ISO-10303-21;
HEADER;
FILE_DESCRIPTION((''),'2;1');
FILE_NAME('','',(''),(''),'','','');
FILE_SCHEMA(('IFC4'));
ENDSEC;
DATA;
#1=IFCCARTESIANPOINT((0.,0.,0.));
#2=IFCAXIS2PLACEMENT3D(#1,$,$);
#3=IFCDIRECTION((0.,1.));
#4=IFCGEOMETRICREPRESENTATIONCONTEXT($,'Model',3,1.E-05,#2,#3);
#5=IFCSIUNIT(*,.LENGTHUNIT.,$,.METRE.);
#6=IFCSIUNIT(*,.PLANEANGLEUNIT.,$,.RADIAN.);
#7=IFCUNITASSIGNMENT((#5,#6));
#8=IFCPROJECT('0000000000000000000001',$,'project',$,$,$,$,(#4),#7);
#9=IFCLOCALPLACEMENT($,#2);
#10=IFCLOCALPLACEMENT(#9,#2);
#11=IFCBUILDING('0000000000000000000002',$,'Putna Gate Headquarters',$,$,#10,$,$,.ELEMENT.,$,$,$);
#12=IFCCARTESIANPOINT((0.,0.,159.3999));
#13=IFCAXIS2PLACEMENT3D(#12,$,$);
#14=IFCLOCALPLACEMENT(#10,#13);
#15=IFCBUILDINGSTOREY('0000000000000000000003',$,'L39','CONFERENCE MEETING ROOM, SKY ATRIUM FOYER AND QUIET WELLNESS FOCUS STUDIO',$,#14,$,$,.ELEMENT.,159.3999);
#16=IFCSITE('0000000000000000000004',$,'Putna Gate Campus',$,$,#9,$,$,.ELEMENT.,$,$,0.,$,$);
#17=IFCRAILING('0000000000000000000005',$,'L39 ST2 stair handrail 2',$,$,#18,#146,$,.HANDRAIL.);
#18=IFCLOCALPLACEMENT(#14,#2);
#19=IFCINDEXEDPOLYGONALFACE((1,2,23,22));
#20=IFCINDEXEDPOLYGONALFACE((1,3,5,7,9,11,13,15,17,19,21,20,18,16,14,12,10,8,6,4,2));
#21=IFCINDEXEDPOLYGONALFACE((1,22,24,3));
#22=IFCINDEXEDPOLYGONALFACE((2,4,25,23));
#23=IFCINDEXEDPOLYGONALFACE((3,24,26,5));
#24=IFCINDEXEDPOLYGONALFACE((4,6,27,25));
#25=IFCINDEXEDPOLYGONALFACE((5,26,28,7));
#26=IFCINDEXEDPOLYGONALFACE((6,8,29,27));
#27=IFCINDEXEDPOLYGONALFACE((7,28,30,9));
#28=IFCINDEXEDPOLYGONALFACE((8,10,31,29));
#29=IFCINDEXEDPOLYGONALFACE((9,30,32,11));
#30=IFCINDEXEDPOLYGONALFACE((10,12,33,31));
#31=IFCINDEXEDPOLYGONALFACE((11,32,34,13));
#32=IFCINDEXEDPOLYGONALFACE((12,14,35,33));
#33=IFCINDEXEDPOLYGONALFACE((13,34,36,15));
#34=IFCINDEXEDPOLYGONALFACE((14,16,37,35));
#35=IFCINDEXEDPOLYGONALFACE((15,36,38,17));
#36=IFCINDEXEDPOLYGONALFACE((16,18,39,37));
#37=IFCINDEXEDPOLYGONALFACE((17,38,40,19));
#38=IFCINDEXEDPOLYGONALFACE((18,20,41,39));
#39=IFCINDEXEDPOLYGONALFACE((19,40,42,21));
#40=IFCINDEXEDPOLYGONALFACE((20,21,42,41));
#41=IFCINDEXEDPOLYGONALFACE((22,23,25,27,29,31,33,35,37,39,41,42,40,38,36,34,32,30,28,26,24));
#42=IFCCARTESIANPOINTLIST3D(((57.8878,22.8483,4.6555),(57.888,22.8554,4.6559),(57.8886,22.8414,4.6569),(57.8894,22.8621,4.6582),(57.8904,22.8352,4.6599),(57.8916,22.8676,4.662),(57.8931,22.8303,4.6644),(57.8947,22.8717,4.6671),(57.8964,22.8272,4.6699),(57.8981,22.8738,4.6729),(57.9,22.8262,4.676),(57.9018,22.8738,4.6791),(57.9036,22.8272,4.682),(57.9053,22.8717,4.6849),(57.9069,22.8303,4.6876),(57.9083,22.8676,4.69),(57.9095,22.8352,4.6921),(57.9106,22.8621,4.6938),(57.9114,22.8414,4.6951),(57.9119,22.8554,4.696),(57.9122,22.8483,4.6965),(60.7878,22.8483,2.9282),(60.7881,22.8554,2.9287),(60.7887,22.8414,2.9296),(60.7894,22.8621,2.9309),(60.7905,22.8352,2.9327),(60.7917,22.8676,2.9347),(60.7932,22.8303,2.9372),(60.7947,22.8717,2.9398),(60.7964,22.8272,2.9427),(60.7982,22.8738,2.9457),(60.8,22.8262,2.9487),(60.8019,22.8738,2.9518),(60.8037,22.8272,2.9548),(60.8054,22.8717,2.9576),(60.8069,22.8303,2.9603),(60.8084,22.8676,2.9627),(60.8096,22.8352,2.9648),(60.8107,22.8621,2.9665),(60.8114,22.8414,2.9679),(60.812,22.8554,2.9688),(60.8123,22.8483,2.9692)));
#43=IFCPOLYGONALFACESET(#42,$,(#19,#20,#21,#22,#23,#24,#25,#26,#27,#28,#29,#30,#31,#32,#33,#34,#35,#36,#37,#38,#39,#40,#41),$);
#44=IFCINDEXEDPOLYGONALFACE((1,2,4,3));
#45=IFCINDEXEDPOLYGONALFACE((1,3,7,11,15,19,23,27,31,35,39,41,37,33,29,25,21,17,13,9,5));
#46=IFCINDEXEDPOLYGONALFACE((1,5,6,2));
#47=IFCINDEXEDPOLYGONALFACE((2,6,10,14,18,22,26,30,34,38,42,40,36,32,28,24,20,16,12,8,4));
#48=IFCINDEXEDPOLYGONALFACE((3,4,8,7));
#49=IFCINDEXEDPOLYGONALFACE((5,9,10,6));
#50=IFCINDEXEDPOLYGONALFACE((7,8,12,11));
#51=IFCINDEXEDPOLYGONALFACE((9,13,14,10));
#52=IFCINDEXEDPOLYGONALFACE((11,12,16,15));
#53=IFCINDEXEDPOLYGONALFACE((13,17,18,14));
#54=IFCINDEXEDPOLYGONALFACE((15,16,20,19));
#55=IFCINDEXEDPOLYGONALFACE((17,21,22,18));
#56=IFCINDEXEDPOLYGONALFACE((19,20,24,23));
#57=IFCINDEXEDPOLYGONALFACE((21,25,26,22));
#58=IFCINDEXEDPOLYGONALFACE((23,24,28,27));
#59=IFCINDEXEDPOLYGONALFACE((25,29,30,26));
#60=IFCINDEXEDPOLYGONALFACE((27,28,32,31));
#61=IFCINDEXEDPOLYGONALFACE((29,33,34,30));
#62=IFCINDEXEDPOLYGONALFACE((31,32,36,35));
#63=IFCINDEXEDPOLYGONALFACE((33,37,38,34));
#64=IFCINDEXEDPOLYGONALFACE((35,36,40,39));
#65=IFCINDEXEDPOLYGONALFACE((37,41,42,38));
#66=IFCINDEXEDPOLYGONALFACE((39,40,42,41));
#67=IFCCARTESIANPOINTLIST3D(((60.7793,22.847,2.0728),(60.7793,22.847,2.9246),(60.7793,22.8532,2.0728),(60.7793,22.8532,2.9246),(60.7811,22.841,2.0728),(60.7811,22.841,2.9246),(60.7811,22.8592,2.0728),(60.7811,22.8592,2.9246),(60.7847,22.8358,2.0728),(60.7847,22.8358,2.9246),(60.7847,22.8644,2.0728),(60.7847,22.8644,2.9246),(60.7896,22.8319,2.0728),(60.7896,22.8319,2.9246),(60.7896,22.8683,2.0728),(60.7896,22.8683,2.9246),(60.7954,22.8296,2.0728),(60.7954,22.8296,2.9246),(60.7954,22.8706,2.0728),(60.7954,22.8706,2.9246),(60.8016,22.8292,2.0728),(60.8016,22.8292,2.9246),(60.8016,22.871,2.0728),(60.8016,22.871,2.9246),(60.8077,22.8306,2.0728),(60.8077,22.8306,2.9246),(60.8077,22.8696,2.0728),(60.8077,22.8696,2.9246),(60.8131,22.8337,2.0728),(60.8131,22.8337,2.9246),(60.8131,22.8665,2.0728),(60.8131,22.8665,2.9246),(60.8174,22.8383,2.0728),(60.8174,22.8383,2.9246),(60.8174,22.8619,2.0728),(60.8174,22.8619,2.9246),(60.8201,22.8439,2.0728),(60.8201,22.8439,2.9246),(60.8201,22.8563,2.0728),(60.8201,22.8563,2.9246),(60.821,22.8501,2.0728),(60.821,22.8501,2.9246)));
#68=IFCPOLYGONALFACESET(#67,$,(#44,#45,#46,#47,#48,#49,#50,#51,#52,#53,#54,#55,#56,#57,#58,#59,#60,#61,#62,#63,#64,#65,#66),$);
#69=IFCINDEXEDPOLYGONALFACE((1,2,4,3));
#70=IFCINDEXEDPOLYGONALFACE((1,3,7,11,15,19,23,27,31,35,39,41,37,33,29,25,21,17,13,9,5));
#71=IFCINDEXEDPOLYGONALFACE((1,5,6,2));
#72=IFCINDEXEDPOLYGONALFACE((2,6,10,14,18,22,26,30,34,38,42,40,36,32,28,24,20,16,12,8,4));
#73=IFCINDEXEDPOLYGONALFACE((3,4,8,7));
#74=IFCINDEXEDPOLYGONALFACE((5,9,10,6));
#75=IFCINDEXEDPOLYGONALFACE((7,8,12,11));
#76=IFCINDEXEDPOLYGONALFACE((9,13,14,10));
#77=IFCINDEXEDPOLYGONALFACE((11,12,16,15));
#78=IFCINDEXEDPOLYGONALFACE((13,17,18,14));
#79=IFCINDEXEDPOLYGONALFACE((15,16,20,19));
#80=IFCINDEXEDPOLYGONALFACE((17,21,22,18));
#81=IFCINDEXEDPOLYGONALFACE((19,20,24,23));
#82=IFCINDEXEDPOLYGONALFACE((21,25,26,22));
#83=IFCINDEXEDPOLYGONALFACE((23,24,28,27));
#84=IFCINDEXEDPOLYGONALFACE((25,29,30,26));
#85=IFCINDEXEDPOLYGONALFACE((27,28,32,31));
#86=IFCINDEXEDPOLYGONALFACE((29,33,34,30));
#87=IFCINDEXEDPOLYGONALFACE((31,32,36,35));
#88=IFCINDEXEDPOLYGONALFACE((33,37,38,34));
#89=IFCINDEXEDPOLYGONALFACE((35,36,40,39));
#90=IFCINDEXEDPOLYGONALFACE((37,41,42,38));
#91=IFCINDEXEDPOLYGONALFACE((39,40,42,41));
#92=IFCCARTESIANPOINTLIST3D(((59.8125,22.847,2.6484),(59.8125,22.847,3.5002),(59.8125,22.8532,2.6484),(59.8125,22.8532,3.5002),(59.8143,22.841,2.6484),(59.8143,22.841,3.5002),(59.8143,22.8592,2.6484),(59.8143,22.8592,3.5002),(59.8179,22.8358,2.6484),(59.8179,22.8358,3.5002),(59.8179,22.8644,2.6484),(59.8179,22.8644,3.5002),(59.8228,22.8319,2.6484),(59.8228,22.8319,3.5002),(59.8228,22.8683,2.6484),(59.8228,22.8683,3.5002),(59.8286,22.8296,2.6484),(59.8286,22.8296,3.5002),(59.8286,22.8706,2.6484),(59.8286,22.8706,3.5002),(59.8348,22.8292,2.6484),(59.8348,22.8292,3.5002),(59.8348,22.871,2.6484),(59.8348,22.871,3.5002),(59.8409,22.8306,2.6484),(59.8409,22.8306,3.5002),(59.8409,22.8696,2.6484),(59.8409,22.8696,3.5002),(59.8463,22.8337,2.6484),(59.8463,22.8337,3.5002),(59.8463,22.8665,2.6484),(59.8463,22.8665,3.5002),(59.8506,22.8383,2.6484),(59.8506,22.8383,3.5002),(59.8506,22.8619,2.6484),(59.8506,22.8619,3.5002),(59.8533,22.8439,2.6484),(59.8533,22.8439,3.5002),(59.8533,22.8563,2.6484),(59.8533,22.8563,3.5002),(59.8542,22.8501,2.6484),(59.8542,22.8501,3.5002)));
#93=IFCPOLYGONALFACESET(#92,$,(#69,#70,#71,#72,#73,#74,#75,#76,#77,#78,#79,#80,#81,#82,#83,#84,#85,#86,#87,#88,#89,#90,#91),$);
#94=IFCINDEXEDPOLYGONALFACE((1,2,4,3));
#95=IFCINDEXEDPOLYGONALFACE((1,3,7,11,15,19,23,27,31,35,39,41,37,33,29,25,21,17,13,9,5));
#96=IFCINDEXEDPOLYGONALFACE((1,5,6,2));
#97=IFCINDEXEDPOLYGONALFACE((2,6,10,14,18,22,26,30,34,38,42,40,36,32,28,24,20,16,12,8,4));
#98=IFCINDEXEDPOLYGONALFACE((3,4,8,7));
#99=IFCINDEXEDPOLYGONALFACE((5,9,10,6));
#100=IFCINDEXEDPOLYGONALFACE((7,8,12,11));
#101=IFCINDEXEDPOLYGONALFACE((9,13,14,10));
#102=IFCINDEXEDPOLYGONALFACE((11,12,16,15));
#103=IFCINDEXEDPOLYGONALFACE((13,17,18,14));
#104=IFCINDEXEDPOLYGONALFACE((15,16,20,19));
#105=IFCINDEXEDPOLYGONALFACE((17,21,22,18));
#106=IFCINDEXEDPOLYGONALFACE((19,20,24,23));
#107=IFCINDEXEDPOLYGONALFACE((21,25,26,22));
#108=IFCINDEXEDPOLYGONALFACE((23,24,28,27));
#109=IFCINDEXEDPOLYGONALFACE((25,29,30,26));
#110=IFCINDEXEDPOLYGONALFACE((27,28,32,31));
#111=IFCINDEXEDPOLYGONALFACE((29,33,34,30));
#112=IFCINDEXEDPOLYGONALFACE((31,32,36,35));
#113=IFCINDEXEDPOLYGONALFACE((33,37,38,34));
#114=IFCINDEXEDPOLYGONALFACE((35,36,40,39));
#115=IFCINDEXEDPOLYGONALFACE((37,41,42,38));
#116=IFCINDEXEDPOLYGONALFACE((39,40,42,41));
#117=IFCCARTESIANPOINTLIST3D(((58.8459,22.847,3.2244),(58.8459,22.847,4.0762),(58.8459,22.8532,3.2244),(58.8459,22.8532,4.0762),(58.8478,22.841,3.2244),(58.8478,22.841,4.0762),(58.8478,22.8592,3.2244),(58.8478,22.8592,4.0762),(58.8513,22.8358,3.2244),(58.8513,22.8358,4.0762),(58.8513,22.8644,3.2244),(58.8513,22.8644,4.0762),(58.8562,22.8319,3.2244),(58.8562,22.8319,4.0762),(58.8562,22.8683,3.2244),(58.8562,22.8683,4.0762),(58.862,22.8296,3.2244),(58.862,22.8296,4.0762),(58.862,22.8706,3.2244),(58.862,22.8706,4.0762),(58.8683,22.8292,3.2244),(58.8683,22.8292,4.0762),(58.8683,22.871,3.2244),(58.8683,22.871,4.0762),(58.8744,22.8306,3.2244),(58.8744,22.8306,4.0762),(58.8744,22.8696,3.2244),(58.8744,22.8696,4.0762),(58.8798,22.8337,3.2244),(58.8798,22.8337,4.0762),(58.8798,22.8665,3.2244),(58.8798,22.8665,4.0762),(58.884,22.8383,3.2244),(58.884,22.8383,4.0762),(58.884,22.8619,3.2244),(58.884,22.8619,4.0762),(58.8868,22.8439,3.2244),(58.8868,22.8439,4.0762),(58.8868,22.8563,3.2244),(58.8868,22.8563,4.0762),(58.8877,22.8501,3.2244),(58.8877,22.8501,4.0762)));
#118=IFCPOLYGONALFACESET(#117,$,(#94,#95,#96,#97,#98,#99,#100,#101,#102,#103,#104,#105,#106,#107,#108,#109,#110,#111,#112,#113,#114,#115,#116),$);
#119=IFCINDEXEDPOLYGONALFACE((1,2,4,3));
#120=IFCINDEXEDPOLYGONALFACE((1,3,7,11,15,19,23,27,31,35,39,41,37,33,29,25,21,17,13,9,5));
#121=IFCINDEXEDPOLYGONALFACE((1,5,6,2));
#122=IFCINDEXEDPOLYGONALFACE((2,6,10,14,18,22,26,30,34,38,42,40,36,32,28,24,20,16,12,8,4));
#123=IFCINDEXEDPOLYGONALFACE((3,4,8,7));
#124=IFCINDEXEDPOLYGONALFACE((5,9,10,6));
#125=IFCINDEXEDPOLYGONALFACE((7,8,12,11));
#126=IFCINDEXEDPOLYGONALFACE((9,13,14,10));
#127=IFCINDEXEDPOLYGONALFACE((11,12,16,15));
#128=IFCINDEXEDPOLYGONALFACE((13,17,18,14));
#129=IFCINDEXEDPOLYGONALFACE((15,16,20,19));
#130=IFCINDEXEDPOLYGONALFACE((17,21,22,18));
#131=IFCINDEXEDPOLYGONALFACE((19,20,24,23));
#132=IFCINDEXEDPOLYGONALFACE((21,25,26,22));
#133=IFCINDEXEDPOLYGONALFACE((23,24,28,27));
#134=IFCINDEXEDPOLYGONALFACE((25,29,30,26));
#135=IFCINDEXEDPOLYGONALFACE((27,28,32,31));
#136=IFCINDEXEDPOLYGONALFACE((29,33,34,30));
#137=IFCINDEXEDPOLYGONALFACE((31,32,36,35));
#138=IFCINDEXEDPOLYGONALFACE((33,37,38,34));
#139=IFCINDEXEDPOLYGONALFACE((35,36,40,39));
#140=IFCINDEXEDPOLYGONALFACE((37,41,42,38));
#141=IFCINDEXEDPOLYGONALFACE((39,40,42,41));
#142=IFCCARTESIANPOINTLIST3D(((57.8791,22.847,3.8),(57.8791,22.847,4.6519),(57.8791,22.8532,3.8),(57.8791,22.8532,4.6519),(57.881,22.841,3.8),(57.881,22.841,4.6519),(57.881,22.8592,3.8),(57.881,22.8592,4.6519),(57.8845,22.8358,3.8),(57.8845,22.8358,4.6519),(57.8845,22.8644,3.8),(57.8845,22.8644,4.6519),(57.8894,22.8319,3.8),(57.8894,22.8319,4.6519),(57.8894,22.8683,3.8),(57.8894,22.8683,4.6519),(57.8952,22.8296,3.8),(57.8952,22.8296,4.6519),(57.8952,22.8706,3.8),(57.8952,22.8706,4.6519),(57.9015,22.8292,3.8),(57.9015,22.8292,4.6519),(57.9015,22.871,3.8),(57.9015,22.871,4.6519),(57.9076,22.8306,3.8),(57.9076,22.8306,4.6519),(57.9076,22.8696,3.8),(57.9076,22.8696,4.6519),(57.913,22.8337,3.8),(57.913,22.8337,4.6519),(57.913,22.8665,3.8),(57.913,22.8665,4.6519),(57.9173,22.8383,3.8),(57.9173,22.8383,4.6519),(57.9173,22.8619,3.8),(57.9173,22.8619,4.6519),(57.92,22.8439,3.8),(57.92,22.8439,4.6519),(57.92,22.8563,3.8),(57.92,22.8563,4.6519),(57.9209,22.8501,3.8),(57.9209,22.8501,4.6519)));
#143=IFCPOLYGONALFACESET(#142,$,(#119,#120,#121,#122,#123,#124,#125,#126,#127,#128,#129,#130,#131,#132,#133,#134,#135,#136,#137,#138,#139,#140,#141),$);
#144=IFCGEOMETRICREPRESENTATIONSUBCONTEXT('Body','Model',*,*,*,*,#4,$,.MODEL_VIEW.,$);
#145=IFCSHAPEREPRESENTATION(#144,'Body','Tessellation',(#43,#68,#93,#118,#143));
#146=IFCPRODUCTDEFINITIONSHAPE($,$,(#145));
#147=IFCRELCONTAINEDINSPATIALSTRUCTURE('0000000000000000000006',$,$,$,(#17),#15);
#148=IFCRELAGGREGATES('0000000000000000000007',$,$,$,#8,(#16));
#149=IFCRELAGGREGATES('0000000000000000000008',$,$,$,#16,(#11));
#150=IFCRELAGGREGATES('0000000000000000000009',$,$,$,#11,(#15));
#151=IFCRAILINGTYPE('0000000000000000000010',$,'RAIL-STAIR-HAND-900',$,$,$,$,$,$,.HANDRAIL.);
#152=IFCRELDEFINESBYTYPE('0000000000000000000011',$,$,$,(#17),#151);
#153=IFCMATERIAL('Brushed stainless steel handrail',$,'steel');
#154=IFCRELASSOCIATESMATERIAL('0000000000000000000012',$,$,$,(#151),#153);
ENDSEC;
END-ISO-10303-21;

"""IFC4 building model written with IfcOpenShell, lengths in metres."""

from ifc_helpers import new_model, si_unit, direction, frame, origin, origin_2d, place, context, subcontext, project, spatial, circle, extrude, material, type_object, element, save


model = new_model("IFC4")

# Units and contexts
model_context = context("Model", 3, precision=1e-05, world=origin(), true_north=direction((0.0, 1.0)))
body_context = subcontext(model_context, "Body", "Model", "MODEL_VIEW")
ifc_project = project(units=[si_unit("LENGTHUNIT", "METRE"), si_unit("PLANEANGLEUNIT", "RADIAN")], contexts=[model_context])

# Site, building, storey
site_placement = place(None, origin())
site = spatial("IfcSite", under=ifc_project, at=site_placement, Name="Putna Gate Campus", CompositionType="ELEMENT", RefElevation=0.0)
building_placement = place(site_placement, origin())
building = spatial("IfcBuilding", under=site, at=building_placement, Name="Putna Gate Headquarters", CompositionType="ELEMENT")
storey_placement = place(building_placement, frame((0.0, 0.0, 159.3999)))
storey = spatial("IfcBuildingStorey", under=building, at=storey_placement, Name="L39", Description="CONFERENCE MEETING ROOM, SKY ATRIUM FOYER AND QUIET WELLNESS FOCUS STUDIO", CompositionType="ELEMENT", Elevation=159.3999)

# Railing
ifc_material_1 = material(Name="Brushed stainless steel handrail", Category="steel")
railing_type_1 = type_object("IfcRailingType", Name="RAIL-STAIR-HAND-900", PredefinedType="HANDRAIL", material=ifc_material_1)
railing_1_placement = place(storey_placement, frame((60.8, 22.8501, 2.0728)))
element("IfcRailing", 1, at=railing_1_placement, inside=storey, type_object=railing_type_1, Name="L39 ST2 stair handrail 2", PredefinedType="HANDRAIL", context=body_context, shape_type="SweptSolid", body=[
    extrude(circle(Radius=0.0239, at=origin_2d()), frame((0.0, 0.0, 0.876), z_axis=(-0.85916, 0.0, 0.511706), x_axis=(0.0, -1.0, 0.0)), (0.0, 0.0, 1.0), 3.3755),
    extrude(circle(Radius=0.021, at=origin_2d()), origin(), (0.0, 0.0, 1.0), 0.8518),
    extrude(circle(Radius=0.021, at=origin_2d()), frame((-0.9668, 0.0, 0.5757)), (0.0, 0.0, 1.0), 0.8518),
    extrude(circle(Radius=0.021, at=origin_2d()), frame((-1.9333, 0.0, 1.1516)), (0.0, 0.0, 1.0), 0.8518),
    extrude(circle(Radius=0.021, at=origin_2d()), frame((-2.9001, 0.0, 1.7273)), (0.0, 0.0, 1.0), 0.8518),
])

save(model, "model.ifc")
